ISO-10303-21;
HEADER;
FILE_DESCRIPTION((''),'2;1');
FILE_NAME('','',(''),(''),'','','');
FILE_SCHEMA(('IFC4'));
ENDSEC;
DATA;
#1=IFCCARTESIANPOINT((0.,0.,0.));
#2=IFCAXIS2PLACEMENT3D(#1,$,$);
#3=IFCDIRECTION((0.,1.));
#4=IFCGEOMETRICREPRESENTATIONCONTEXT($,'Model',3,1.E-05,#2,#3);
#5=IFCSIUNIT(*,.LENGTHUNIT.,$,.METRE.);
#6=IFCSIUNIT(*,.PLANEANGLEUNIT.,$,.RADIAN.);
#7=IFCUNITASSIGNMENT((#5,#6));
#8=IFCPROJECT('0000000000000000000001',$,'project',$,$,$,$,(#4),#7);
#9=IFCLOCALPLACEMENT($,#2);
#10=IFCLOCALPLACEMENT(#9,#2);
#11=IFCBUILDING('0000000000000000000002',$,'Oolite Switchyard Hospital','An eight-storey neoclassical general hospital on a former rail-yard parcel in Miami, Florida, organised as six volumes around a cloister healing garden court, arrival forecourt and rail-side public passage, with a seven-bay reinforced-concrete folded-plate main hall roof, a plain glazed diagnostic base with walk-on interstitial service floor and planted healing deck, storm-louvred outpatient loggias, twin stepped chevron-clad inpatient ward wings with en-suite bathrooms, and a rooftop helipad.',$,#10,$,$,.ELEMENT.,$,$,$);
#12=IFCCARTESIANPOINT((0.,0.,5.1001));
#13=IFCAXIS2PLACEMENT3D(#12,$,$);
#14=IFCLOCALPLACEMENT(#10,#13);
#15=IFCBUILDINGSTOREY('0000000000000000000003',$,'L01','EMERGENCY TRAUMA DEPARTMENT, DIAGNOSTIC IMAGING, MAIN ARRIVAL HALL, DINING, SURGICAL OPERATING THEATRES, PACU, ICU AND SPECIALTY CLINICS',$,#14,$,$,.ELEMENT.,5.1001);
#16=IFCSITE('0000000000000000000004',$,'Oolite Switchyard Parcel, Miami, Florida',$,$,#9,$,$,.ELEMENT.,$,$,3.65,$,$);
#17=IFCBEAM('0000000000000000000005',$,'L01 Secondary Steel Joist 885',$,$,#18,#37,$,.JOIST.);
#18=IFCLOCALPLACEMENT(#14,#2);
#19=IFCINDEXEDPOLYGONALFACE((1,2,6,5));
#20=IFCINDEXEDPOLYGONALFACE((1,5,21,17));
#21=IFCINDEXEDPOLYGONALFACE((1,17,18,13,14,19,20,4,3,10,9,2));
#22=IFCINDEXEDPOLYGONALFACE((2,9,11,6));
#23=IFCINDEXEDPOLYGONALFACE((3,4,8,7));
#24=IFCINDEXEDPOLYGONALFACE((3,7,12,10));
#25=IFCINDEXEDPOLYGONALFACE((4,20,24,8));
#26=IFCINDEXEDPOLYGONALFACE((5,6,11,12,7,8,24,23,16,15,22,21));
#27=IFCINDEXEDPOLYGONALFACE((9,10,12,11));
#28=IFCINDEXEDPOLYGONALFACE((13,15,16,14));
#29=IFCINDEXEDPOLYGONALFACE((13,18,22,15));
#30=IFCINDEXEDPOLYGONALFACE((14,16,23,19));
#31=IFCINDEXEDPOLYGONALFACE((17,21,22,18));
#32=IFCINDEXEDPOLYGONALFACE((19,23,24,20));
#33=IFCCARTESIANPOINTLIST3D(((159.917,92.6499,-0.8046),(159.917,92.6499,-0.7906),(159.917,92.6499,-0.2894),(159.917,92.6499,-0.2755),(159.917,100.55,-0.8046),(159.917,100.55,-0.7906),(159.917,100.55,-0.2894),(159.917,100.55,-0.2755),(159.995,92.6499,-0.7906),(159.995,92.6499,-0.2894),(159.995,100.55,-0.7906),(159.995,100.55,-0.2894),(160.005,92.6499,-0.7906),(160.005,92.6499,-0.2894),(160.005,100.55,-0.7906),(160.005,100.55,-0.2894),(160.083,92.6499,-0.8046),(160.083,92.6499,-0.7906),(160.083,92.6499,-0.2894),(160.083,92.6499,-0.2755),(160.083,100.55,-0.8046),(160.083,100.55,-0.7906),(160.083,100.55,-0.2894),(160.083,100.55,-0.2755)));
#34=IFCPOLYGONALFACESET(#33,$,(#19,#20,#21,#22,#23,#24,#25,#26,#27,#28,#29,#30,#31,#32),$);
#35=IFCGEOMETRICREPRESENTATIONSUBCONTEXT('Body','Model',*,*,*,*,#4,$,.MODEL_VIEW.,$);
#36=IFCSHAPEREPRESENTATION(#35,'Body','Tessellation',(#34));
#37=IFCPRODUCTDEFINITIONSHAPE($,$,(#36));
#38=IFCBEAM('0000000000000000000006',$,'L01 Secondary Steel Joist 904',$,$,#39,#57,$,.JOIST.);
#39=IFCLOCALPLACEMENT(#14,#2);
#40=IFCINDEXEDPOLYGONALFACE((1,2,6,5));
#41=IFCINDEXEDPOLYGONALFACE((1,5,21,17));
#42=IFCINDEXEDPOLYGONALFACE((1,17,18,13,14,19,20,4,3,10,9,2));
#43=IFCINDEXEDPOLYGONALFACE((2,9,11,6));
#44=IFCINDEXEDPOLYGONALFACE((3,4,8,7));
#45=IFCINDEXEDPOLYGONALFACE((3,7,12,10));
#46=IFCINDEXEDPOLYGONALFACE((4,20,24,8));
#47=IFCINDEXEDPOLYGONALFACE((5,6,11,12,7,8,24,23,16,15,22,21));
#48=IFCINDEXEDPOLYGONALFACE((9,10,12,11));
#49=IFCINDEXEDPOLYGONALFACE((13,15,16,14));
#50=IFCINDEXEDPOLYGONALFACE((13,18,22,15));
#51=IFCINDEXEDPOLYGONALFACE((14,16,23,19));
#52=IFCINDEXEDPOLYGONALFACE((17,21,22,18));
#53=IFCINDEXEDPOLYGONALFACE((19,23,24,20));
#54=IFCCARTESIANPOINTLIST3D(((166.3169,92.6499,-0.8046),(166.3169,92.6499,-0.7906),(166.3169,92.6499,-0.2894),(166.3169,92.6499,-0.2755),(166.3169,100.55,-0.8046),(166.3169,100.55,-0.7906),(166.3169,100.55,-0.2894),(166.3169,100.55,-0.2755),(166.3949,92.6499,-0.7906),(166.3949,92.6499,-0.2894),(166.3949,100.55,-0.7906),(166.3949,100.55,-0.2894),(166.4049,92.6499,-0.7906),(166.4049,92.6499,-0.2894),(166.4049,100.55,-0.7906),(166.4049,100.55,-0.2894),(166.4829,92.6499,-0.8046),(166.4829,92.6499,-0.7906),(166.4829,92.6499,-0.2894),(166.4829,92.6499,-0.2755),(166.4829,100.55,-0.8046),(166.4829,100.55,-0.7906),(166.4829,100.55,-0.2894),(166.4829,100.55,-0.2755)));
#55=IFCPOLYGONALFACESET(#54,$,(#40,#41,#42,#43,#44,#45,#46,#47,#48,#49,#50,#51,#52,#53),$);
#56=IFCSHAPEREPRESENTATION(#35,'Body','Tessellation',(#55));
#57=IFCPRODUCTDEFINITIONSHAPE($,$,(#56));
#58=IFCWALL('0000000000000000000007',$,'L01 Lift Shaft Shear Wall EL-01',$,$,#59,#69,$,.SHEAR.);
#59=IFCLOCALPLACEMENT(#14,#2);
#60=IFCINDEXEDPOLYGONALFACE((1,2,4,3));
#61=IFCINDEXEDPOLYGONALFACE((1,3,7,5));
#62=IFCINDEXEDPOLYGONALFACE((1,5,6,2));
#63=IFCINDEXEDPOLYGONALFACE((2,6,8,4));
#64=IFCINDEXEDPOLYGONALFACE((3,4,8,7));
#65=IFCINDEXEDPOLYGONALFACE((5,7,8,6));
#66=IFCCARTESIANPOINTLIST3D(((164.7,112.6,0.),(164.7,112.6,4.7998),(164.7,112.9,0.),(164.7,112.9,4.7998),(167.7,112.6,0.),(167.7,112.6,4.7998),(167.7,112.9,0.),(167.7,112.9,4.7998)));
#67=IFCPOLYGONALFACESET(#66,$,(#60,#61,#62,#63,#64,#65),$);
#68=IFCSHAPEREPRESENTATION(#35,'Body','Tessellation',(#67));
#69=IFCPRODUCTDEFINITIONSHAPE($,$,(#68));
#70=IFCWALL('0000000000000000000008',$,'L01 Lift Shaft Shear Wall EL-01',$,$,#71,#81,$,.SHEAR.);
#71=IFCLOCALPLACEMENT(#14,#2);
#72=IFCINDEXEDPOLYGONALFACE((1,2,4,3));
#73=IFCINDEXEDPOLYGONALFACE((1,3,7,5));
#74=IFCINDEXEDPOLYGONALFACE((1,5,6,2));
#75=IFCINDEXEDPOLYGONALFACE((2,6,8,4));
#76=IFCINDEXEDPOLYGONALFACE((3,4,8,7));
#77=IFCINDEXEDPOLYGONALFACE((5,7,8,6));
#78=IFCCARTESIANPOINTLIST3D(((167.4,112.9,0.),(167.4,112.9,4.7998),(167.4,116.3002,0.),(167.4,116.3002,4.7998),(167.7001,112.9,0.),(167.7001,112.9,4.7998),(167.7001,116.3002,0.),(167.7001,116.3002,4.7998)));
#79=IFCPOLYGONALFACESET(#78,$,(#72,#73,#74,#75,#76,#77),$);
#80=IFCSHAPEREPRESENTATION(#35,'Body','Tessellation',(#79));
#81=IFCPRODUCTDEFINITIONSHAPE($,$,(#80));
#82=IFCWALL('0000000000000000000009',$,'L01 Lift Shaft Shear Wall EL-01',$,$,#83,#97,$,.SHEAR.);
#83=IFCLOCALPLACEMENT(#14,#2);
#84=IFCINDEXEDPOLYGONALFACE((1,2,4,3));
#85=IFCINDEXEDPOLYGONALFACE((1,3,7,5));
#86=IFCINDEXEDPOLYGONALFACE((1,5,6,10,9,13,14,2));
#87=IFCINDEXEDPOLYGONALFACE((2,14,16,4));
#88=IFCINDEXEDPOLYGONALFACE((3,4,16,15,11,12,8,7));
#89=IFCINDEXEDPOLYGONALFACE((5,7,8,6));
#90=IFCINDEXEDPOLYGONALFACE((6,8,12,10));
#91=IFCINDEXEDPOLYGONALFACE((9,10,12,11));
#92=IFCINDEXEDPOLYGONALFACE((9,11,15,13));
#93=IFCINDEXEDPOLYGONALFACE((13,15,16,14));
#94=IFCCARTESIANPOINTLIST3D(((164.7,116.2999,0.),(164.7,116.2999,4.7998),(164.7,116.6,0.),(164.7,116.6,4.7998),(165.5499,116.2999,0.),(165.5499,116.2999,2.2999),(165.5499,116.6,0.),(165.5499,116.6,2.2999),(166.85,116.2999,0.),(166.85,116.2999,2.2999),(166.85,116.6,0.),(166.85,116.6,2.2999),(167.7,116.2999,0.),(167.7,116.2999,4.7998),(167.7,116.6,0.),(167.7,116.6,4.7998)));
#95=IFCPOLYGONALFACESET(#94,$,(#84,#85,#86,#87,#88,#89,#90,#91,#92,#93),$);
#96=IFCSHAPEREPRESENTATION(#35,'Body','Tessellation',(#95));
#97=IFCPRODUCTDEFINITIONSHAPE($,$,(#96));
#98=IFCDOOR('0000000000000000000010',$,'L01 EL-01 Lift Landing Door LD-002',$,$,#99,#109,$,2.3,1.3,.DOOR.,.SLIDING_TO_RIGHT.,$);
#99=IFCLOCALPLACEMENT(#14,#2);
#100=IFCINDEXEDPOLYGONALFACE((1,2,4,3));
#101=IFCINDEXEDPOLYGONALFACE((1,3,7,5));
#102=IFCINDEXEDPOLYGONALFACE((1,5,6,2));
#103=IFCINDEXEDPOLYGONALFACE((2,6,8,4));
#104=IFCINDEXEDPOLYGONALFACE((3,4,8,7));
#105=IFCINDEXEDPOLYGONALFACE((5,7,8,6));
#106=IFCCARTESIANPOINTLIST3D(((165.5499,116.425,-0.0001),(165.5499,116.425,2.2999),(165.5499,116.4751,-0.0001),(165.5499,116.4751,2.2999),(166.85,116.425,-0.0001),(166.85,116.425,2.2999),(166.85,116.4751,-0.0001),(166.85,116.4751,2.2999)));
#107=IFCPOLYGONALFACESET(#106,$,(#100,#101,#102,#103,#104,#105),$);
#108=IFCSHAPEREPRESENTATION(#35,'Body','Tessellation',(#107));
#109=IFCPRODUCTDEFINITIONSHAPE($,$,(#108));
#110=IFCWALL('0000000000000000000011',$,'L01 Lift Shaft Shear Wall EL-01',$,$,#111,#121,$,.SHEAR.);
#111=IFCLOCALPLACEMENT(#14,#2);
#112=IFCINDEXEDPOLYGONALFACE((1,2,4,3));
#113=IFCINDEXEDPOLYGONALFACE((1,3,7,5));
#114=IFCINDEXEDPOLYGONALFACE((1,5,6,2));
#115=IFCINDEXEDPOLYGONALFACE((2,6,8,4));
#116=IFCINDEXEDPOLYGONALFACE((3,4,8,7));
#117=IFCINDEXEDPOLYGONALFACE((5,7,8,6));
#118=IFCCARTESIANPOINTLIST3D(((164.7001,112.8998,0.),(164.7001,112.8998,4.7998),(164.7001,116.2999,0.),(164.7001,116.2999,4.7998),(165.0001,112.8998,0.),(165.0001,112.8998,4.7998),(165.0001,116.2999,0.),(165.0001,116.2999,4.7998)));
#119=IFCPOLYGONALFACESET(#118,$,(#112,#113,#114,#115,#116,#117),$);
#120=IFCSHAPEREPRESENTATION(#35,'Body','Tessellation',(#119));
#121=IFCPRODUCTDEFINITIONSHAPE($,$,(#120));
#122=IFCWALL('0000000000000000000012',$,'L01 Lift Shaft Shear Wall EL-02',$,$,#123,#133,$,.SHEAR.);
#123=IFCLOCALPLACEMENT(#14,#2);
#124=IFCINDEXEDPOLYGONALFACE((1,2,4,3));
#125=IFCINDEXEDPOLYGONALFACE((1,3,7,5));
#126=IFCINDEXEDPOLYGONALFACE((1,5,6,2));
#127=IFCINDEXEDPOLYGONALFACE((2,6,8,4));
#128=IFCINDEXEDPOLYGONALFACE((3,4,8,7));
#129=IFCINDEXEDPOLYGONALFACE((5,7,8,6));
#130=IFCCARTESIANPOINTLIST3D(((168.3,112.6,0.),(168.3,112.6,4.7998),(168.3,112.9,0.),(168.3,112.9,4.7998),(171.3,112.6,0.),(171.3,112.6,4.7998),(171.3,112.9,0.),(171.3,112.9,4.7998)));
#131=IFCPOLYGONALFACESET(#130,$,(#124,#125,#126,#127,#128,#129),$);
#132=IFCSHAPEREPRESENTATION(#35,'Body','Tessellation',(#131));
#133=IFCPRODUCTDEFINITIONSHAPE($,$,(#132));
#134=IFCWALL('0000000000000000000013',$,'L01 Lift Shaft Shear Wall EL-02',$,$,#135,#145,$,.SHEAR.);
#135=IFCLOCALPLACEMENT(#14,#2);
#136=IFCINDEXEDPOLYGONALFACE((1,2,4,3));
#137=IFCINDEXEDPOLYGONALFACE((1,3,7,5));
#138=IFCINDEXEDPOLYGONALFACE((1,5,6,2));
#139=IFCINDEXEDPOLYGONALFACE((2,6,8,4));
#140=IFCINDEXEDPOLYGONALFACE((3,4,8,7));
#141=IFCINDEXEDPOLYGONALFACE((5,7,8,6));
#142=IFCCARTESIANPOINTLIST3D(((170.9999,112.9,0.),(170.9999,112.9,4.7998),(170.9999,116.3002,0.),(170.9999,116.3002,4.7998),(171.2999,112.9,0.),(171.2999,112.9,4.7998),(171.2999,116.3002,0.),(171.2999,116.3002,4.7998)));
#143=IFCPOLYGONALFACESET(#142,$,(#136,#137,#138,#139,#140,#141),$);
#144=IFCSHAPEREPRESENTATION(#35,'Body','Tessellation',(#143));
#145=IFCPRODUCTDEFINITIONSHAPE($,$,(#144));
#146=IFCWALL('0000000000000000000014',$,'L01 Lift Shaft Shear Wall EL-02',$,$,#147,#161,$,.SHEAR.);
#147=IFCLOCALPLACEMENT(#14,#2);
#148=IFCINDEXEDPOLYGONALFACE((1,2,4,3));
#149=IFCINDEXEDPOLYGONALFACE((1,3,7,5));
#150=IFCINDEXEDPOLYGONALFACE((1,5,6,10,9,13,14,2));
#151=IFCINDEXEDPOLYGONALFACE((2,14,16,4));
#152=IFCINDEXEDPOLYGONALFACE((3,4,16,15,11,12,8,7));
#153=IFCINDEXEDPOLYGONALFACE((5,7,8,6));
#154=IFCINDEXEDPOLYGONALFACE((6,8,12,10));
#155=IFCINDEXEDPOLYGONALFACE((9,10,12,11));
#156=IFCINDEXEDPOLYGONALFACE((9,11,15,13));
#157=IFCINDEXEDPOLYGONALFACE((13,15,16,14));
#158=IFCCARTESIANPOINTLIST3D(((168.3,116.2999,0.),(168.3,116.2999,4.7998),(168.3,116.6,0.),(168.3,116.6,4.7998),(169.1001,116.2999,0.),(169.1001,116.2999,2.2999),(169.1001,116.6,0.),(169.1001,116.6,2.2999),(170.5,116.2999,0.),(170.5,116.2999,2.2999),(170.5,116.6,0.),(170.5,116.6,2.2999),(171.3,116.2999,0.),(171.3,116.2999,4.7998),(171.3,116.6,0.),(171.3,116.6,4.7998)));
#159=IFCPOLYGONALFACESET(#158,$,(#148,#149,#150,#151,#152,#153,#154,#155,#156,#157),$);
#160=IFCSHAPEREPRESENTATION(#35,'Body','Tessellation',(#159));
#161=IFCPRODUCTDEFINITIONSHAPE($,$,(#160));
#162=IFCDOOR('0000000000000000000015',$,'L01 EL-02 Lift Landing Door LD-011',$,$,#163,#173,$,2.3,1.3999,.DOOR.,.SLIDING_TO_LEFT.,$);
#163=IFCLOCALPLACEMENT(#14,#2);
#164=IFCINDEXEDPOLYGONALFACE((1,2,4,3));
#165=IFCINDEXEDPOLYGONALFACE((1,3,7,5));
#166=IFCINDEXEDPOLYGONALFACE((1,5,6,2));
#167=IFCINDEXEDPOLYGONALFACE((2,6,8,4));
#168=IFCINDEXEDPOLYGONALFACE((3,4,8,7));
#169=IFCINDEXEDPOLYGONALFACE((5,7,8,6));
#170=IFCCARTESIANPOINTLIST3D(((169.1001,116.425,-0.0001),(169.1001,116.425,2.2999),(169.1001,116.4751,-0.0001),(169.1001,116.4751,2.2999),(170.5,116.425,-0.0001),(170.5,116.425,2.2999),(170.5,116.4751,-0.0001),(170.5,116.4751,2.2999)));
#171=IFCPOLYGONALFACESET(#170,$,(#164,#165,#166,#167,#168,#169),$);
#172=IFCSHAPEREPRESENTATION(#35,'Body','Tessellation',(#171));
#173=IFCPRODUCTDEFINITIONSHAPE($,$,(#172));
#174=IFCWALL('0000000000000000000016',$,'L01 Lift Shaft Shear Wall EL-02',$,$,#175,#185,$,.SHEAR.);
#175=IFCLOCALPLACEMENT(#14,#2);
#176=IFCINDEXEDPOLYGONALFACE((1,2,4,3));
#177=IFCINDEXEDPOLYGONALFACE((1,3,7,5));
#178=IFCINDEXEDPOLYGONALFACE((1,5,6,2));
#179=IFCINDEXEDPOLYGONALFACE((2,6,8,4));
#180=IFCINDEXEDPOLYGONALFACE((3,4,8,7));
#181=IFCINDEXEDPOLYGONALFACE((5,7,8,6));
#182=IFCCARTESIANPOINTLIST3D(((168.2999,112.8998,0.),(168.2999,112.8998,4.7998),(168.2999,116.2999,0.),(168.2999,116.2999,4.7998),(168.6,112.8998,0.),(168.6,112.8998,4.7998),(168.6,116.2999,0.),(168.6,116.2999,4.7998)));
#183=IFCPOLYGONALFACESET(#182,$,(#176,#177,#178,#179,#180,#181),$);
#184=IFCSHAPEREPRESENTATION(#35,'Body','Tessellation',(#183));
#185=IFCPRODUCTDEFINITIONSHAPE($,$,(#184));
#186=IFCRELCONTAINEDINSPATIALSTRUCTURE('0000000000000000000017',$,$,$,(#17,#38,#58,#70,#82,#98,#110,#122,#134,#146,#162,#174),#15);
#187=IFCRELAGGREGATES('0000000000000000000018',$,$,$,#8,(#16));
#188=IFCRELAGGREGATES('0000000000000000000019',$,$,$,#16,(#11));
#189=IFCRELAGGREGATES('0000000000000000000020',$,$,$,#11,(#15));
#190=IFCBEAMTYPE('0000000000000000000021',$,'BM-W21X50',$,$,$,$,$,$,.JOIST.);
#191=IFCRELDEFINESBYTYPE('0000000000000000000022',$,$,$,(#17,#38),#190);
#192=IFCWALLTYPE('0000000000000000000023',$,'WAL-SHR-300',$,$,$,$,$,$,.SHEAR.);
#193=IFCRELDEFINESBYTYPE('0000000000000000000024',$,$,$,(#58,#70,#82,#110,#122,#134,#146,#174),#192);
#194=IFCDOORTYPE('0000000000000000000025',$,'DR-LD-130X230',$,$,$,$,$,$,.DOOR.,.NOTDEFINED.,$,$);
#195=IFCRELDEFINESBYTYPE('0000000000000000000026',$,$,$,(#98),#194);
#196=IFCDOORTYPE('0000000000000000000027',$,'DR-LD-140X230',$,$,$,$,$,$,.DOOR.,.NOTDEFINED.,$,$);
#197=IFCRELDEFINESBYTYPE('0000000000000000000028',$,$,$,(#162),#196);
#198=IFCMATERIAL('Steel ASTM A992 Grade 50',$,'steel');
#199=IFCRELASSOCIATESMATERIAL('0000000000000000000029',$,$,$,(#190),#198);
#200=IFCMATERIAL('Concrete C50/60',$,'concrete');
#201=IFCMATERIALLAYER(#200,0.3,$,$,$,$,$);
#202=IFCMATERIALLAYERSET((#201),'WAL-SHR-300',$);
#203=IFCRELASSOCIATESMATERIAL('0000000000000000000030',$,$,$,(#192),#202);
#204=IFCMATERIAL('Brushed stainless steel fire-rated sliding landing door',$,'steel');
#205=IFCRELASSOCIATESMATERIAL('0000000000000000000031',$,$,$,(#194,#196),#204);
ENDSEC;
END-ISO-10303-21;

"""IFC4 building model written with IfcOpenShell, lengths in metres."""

from ifc_helpers import new_model, si_unit, direction, frame, frame_2d, origin, origin_2d, place, context, subcontext, project, spatial, rectangle, i_section, extrude, material, layer, layer_set, material_profile, profile_set, type_object, element, fill, save


model = new_model("IFC4")

# Units and contexts
model_context = context("Model", 3, precision=1e-05, world=origin(), true_north=direction((0.0, 1.0)))
body_context = subcontext(model_context, "Body", "Model", "MODEL_VIEW")
ifc_project = project(units=[si_unit("LENGTHUNIT", "METRE"), si_unit("PLANEANGLEUNIT", "RADIAN")], contexts=[model_context])

# Site, building, storey
site_placement = place(None, origin())
site = spatial("IfcSite", under=ifc_project, at=site_placement, Name="Oolite Switchyard Parcel, Miami, Florida", CompositionType="ELEMENT", RefElevation=3.65)
building_placement = place(site_placement, origin())
building = spatial("IfcBuilding", under=site, at=building_placement, Name="Oolite Switchyard Hospital", Description="An eight-storey neoclassical general hospital on a former rail-yard parcel in Miami, Florida, organised as six volumes around a cloister healing garden court, arrival forecourt and rail-side public passage, with a seven-bay reinforced-concrete folded-plate main hall roof, a plain glazed diagnostic base with walk-on interstitial service floor and planted healing deck, storm-louvred outpatient loggias, twin stepped chevron-clad inpatient ward wings with en-suite bathrooms, and a rooftop helipad.", CompositionType="ELEMENT")
storey_placement = place(building_placement, frame((0.0, 0.0, 5.1001)))
storey = spatial("IfcBuildingStorey", under=building, at=storey_placement, Name="L01", Description="EMERGENCY TRAUMA DEPARTMENT, DIAGNOSTIC IMAGING, MAIN ARRIVAL HALL, DINING, SURGICAL OPERATING THEATRES, PACU, ICU AND SPECIALTY CLINICS", CompositionType="ELEMENT", Elevation=5.1001)

# Shared definitions
ifc_material_1 = material(Name="Concrete C50/60", Category="concrete")

# Beams
ifc_material_2 = material(Name="Steel ASTM A992 Grade 50", Category="steel")
ifc_material_profile_1 = material_profile(ifc_material_2, i_section(OverallWidth=0.166, OverallDepth=0.5291, WebThickness=0.01, FlangeThickness=0.0139, at=origin_2d()), Name="W21X50")
ifc_profile_set_1 = profile_set([ifc_material_profile_1], Name="Steel ASTM A992 Grade 50")
beam_type_1 = type_object("IfcBeamType", Name="BM-W21X50", PredefinedType="JOIST", material=ifc_profile_set_1)
for number, where, z_axis, x_axis, name in (
    (1, (160.0, 92.6499, -0.54), (0.0, 1.0, 0.0), (-1.0, 0.0, 0.0), "L01 Secondary Steel Joist 885"),
    (2, (166.3999, 92.6499, -0.54), (0.0, 1.0, 0.0), (-1.0, 0.0, 0.0), "L01 Secondary Steel Joist 904"),
):
    element("IfcBeam", number, at=place(storey_placement, frame(where, z_axis=z_axis, x_axis=x_axis)), inside=storey, type_object=beam_type_1, Name=name, PredefinedType="JOIST", context=body_context, shape_type="SweptSolid", body=[
        extrude(i_section(OverallWidth=0.166, OverallDepth=0.5291, WebThickness=0.01, FlangeThickness=0.0139, at=origin_2d()), origin(), (0.0, 0.0, 1.0), 7.9001),
    ])

# Walls
ifc_layer_1 = layer(ifc_material_1, 0.3)
ifc_layer_set_1 = layer_set([ifc_layer_1], Name="WAL-SHR-300")
wall_type_1 = type_object("IfcWallType", Name="WAL-SHR-300", PredefinedType="SHEAR", material=ifc_layer_set_1)
wall_1_placement = place(storey_placement, frame((164.7, 112.75, 0.0), z_axis=(0.0, 0.0, 1.0), x_axis=(1.0, 0.0, 0.0)))
element("IfcWall", 3, at=wall_1_placement, inside=storey, type_object=wall_type_1, Name="L01 Lift Shaft Shear Wall EL-01", PredefinedType="SHEAR", context=body_context, shape_type="SweptSolid", body=[
    extrude(rectangle(XDim=3.0, YDim=0.3, at=frame_2d((1.5, 0.0))), origin(), (0.0, 0.0, 1.0), 4.7998),
])
wall_2_placement = place(storey_placement, frame((167.55, 112.8999, 0.0), z_axis=(0.0, 0.0, 1.0), x_axis=(0.0, 1.0, 0.0)))
element("IfcWall", 4, at=wall_2_placement, inside=storey, type_object=wall_type_1, Name="L01 Lift Shaft Shear Wall EL-01", PredefinedType="SHEAR", context=body_context, shape_type="SweptSolid", body=[
    extrude(rectangle(XDim=3.4001, YDim=0.3, at=frame_2d((1.7002, 0.0))), origin(), (0.0, 0.0, 1.0), 4.7998),
])

# Wall, opening, door
wall_3_placement = place(storey_placement, frame((167.7, 116.45, 0.0), z_axis=(0.0, 0.0, 1.0), x_axis=(-1.0, 0.0, 0.0)))
wall_3 = element("IfcWall", 5, at=wall_3_placement, inside=storey, type_object=wall_type_1, Name="L01 Lift Shaft Shear Wall EL-01", PredefinedType="SHEAR", context=body_context, shape_type="SweptSolid", body=[
    extrude(rectangle(XDim=3.0, YDim=0.3, at=frame_2d((1.5, 0.0))), origin(), (0.0, 0.0, 1.0), 4.7998),
])
opening_1_placement = place(wall_3_placement, frame((0.8501, 0.0, 0.0)))
opening_1 = element("IfcOpeningElement", 6, at=opening_1_placement, cuts=wall_3, PredefinedType="OPENING", context=body_context, shape_type="SweptSolid", body=[
    extrude(rectangle(XDim=1.3, YDim=2.3, at=frame_2d((0.6499, 1.1499))), frame((0.0, 0.1602, 0.0), z_axis=(0.0, -1.0, 0.0), x_axis=(1.0, 0.0, 0.0)), (0.0, 0.0, 1.0), 0.3201),
])
ifc_material_3 = material(Name="Brushed stainless steel fire-rated sliding landing door", Category="steel")
door_type_1 = type_object("IfcDoorType", Name="DR-LD-130X230", OperationType="NOTDEFINED", PredefinedType="DOOR", material=ifc_material_3)
door_1_placement = place(opening_1_placement, origin())
door_1 = element("IfcDoor", 7, at=door_1_placement, inside=storey, type_object=door_type_1, Name="L01 EL-01 Lift Landing Door LD-002", OperationType="SLIDING_TO_RIGHT", OverallHeight=2.3, OverallWidth=1.3, PredefinedType="DOOR", context=body_context, shape_type="SweptSolid", body=[
    extrude(rectangle(XDim=1.3, YDim=2.3, at=frame_2d((0.6499, 1.1499))), frame((0.0, 0.0249, 0.0), z_axis=(0.0, -1.0, 0.0), x_axis=(1.0, 0.0, 0.0)), (0.0, 0.0, 1.0), 0.05),
])
fill(opening_1, door_1)

# Walls
wall_4_placement = place(storey_placement, frame((164.8501, 116.3, 0.0), z_axis=(0.0, 0.0, 1.0), x_axis=(0.0, -1.0, 0.0)))
element("IfcWall", 8, at=wall_4_placement, inside=storey, type_object=wall_type_1, Name="L01 Lift Shaft Shear Wall EL-01", PredefinedType="SHEAR", context=body_context, shape_type="SweptSolid", body=[
    extrude(rectangle(XDim=3.4001, YDim=0.3, at=frame_2d((1.7002, 0.0))), origin(), (0.0, 0.0, 1.0), 4.7998),
])
wall_5_placement = place(storey_placement, frame((168.3, 112.75, 0.0), z_axis=(0.0, 0.0, 1.0), x_axis=(1.0, 0.0, 0.0)))
element("IfcWall", 9, at=wall_5_placement, inside=storey, type_object=wall_type_1, Name="L01 Lift Shaft Shear Wall EL-02", PredefinedType="SHEAR", context=body_context, shape_type="SweptSolid", body=[
    extrude(rectangle(XDim=3.0, YDim=0.3, at=frame_2d((1.5, 0.0))), origin(), (0.0, 0.0, 1.0), 4.7998),
])
wall_6_placement = place(storey_placement, frame((171.1499, 112.8999, 0.0), z_axis=(0.0, 0.0, 1.0), x_axis=(0.0, 1.0, 0.0)))
element("IfcWall", 10, at=wall_6_placement, inside=storey, type_object=wall_type_1, Name="L01 Lift Shaft Shear Wall EL-02", PredefinedType="SHEAR", context=body_context, shape_type="SweptSolid", body=[
    extrude(rectangle(XDim=3.4001, YDim=0.3, at=frame_2d((1.7002, 0.0))), origin(), (0.0, 0.0, 1.0), 4.7998),
])

# Wall, opening, door
wall_7_placement = place(storey_placement, frame((171.3, 116.45, 0.0), z_axis=(0.0, 0.0, 1.0), x_axis=(-1.0, 0.0, 0.0)))
wall_7 = element("IfcWall", 11, at=wall_7_placement, inside=storey, type_object=wall_type_1, Name="L01 Lift Shaft Shear Wall EL-02", PredefinedType="SHEAR", context=body_context, shape_type="SweptSolid", body=[
    extrude(rectangle(XDim=3.0, YDim=0.3, at=frame_2d((1.5, 0.0))), origin(), (0.0, 0.0, 1.0), 4.7998),
])
opening_2_placement = place(wall_7_placement, frame((0.8, 0.0, 0.0)))
opening_2 = element("IfcOpeningElement", 12, at=opening_2_placement, cuts=wall_7, PredefinedType="OPENING", context=body_context, shape_type="SweptSolid", body=[
    extrude(rectangle(XDim=1.3999, YDim=2.3, at=frame_2d((0.7, 1.1499))), frame((0.0, 0.1602, 0.0), z_axis=(0.0, -1.0, 0.0), x_axis=(1.0, 0.0, 0.0)), (0.0, 0.0, 1.0), 0.3201),
])
door_type_2 = type_object("IfcDoorType", Name="DR-LD-140X230", OperationType="NOTDEFINED", PredefinedType="DOOR", material=ifc_material_3)
door_2_placement = place(opening_2_placement, origin())
door_2 = element("IfcDoor", 13, at=door_2_placement, inside=storey, type_object=door_type_2, Name="L01 EL-02 Lift Landing Door LD-011", OperationType="SLIDING_TO_LEFT", OverallHeight=2.3, OverallWidth=1.3999, PredefinedType="DOOR", context=body_context, shape_type="SweptSolid", body=[
    extrude(rectangle(XDim=1.3999, YDim=2.3, at=frame_2d((0.7, 1.1499))), frame((0.0, 0.0249, 0.0), z_axis=(0.0, -1.0, 0.0), x_axis=(1.0, 0.0, 0.0)), (0.0, 0.0, 1.0), 0.05),
])
fill(opening_2, door_2)

# Wall
wall_8_placement = place(storey_placement, frame((168.45, 116.3, 0.0), z_axis=(0.0, 0.0, 1.0), x_axis=(0.0, -1.0, 0.0)))
element("IfcWall", 14, at=wall_8_placement, inside=storey, type_object=wall_type_1, Name="L01 Lift Shaft Shear Wall EL-02", PredefinedType="SHEAR", context=body_context, shape_type="SweptSolid", body=[
    extrude(rectangle(XDim=3.4001, YDim=0.3, at=frame_2d((1.7002, 0.0))), origin(), (0.0, 0.0, 1.0), 4.7998),
])

save(model, "model.ifc")
